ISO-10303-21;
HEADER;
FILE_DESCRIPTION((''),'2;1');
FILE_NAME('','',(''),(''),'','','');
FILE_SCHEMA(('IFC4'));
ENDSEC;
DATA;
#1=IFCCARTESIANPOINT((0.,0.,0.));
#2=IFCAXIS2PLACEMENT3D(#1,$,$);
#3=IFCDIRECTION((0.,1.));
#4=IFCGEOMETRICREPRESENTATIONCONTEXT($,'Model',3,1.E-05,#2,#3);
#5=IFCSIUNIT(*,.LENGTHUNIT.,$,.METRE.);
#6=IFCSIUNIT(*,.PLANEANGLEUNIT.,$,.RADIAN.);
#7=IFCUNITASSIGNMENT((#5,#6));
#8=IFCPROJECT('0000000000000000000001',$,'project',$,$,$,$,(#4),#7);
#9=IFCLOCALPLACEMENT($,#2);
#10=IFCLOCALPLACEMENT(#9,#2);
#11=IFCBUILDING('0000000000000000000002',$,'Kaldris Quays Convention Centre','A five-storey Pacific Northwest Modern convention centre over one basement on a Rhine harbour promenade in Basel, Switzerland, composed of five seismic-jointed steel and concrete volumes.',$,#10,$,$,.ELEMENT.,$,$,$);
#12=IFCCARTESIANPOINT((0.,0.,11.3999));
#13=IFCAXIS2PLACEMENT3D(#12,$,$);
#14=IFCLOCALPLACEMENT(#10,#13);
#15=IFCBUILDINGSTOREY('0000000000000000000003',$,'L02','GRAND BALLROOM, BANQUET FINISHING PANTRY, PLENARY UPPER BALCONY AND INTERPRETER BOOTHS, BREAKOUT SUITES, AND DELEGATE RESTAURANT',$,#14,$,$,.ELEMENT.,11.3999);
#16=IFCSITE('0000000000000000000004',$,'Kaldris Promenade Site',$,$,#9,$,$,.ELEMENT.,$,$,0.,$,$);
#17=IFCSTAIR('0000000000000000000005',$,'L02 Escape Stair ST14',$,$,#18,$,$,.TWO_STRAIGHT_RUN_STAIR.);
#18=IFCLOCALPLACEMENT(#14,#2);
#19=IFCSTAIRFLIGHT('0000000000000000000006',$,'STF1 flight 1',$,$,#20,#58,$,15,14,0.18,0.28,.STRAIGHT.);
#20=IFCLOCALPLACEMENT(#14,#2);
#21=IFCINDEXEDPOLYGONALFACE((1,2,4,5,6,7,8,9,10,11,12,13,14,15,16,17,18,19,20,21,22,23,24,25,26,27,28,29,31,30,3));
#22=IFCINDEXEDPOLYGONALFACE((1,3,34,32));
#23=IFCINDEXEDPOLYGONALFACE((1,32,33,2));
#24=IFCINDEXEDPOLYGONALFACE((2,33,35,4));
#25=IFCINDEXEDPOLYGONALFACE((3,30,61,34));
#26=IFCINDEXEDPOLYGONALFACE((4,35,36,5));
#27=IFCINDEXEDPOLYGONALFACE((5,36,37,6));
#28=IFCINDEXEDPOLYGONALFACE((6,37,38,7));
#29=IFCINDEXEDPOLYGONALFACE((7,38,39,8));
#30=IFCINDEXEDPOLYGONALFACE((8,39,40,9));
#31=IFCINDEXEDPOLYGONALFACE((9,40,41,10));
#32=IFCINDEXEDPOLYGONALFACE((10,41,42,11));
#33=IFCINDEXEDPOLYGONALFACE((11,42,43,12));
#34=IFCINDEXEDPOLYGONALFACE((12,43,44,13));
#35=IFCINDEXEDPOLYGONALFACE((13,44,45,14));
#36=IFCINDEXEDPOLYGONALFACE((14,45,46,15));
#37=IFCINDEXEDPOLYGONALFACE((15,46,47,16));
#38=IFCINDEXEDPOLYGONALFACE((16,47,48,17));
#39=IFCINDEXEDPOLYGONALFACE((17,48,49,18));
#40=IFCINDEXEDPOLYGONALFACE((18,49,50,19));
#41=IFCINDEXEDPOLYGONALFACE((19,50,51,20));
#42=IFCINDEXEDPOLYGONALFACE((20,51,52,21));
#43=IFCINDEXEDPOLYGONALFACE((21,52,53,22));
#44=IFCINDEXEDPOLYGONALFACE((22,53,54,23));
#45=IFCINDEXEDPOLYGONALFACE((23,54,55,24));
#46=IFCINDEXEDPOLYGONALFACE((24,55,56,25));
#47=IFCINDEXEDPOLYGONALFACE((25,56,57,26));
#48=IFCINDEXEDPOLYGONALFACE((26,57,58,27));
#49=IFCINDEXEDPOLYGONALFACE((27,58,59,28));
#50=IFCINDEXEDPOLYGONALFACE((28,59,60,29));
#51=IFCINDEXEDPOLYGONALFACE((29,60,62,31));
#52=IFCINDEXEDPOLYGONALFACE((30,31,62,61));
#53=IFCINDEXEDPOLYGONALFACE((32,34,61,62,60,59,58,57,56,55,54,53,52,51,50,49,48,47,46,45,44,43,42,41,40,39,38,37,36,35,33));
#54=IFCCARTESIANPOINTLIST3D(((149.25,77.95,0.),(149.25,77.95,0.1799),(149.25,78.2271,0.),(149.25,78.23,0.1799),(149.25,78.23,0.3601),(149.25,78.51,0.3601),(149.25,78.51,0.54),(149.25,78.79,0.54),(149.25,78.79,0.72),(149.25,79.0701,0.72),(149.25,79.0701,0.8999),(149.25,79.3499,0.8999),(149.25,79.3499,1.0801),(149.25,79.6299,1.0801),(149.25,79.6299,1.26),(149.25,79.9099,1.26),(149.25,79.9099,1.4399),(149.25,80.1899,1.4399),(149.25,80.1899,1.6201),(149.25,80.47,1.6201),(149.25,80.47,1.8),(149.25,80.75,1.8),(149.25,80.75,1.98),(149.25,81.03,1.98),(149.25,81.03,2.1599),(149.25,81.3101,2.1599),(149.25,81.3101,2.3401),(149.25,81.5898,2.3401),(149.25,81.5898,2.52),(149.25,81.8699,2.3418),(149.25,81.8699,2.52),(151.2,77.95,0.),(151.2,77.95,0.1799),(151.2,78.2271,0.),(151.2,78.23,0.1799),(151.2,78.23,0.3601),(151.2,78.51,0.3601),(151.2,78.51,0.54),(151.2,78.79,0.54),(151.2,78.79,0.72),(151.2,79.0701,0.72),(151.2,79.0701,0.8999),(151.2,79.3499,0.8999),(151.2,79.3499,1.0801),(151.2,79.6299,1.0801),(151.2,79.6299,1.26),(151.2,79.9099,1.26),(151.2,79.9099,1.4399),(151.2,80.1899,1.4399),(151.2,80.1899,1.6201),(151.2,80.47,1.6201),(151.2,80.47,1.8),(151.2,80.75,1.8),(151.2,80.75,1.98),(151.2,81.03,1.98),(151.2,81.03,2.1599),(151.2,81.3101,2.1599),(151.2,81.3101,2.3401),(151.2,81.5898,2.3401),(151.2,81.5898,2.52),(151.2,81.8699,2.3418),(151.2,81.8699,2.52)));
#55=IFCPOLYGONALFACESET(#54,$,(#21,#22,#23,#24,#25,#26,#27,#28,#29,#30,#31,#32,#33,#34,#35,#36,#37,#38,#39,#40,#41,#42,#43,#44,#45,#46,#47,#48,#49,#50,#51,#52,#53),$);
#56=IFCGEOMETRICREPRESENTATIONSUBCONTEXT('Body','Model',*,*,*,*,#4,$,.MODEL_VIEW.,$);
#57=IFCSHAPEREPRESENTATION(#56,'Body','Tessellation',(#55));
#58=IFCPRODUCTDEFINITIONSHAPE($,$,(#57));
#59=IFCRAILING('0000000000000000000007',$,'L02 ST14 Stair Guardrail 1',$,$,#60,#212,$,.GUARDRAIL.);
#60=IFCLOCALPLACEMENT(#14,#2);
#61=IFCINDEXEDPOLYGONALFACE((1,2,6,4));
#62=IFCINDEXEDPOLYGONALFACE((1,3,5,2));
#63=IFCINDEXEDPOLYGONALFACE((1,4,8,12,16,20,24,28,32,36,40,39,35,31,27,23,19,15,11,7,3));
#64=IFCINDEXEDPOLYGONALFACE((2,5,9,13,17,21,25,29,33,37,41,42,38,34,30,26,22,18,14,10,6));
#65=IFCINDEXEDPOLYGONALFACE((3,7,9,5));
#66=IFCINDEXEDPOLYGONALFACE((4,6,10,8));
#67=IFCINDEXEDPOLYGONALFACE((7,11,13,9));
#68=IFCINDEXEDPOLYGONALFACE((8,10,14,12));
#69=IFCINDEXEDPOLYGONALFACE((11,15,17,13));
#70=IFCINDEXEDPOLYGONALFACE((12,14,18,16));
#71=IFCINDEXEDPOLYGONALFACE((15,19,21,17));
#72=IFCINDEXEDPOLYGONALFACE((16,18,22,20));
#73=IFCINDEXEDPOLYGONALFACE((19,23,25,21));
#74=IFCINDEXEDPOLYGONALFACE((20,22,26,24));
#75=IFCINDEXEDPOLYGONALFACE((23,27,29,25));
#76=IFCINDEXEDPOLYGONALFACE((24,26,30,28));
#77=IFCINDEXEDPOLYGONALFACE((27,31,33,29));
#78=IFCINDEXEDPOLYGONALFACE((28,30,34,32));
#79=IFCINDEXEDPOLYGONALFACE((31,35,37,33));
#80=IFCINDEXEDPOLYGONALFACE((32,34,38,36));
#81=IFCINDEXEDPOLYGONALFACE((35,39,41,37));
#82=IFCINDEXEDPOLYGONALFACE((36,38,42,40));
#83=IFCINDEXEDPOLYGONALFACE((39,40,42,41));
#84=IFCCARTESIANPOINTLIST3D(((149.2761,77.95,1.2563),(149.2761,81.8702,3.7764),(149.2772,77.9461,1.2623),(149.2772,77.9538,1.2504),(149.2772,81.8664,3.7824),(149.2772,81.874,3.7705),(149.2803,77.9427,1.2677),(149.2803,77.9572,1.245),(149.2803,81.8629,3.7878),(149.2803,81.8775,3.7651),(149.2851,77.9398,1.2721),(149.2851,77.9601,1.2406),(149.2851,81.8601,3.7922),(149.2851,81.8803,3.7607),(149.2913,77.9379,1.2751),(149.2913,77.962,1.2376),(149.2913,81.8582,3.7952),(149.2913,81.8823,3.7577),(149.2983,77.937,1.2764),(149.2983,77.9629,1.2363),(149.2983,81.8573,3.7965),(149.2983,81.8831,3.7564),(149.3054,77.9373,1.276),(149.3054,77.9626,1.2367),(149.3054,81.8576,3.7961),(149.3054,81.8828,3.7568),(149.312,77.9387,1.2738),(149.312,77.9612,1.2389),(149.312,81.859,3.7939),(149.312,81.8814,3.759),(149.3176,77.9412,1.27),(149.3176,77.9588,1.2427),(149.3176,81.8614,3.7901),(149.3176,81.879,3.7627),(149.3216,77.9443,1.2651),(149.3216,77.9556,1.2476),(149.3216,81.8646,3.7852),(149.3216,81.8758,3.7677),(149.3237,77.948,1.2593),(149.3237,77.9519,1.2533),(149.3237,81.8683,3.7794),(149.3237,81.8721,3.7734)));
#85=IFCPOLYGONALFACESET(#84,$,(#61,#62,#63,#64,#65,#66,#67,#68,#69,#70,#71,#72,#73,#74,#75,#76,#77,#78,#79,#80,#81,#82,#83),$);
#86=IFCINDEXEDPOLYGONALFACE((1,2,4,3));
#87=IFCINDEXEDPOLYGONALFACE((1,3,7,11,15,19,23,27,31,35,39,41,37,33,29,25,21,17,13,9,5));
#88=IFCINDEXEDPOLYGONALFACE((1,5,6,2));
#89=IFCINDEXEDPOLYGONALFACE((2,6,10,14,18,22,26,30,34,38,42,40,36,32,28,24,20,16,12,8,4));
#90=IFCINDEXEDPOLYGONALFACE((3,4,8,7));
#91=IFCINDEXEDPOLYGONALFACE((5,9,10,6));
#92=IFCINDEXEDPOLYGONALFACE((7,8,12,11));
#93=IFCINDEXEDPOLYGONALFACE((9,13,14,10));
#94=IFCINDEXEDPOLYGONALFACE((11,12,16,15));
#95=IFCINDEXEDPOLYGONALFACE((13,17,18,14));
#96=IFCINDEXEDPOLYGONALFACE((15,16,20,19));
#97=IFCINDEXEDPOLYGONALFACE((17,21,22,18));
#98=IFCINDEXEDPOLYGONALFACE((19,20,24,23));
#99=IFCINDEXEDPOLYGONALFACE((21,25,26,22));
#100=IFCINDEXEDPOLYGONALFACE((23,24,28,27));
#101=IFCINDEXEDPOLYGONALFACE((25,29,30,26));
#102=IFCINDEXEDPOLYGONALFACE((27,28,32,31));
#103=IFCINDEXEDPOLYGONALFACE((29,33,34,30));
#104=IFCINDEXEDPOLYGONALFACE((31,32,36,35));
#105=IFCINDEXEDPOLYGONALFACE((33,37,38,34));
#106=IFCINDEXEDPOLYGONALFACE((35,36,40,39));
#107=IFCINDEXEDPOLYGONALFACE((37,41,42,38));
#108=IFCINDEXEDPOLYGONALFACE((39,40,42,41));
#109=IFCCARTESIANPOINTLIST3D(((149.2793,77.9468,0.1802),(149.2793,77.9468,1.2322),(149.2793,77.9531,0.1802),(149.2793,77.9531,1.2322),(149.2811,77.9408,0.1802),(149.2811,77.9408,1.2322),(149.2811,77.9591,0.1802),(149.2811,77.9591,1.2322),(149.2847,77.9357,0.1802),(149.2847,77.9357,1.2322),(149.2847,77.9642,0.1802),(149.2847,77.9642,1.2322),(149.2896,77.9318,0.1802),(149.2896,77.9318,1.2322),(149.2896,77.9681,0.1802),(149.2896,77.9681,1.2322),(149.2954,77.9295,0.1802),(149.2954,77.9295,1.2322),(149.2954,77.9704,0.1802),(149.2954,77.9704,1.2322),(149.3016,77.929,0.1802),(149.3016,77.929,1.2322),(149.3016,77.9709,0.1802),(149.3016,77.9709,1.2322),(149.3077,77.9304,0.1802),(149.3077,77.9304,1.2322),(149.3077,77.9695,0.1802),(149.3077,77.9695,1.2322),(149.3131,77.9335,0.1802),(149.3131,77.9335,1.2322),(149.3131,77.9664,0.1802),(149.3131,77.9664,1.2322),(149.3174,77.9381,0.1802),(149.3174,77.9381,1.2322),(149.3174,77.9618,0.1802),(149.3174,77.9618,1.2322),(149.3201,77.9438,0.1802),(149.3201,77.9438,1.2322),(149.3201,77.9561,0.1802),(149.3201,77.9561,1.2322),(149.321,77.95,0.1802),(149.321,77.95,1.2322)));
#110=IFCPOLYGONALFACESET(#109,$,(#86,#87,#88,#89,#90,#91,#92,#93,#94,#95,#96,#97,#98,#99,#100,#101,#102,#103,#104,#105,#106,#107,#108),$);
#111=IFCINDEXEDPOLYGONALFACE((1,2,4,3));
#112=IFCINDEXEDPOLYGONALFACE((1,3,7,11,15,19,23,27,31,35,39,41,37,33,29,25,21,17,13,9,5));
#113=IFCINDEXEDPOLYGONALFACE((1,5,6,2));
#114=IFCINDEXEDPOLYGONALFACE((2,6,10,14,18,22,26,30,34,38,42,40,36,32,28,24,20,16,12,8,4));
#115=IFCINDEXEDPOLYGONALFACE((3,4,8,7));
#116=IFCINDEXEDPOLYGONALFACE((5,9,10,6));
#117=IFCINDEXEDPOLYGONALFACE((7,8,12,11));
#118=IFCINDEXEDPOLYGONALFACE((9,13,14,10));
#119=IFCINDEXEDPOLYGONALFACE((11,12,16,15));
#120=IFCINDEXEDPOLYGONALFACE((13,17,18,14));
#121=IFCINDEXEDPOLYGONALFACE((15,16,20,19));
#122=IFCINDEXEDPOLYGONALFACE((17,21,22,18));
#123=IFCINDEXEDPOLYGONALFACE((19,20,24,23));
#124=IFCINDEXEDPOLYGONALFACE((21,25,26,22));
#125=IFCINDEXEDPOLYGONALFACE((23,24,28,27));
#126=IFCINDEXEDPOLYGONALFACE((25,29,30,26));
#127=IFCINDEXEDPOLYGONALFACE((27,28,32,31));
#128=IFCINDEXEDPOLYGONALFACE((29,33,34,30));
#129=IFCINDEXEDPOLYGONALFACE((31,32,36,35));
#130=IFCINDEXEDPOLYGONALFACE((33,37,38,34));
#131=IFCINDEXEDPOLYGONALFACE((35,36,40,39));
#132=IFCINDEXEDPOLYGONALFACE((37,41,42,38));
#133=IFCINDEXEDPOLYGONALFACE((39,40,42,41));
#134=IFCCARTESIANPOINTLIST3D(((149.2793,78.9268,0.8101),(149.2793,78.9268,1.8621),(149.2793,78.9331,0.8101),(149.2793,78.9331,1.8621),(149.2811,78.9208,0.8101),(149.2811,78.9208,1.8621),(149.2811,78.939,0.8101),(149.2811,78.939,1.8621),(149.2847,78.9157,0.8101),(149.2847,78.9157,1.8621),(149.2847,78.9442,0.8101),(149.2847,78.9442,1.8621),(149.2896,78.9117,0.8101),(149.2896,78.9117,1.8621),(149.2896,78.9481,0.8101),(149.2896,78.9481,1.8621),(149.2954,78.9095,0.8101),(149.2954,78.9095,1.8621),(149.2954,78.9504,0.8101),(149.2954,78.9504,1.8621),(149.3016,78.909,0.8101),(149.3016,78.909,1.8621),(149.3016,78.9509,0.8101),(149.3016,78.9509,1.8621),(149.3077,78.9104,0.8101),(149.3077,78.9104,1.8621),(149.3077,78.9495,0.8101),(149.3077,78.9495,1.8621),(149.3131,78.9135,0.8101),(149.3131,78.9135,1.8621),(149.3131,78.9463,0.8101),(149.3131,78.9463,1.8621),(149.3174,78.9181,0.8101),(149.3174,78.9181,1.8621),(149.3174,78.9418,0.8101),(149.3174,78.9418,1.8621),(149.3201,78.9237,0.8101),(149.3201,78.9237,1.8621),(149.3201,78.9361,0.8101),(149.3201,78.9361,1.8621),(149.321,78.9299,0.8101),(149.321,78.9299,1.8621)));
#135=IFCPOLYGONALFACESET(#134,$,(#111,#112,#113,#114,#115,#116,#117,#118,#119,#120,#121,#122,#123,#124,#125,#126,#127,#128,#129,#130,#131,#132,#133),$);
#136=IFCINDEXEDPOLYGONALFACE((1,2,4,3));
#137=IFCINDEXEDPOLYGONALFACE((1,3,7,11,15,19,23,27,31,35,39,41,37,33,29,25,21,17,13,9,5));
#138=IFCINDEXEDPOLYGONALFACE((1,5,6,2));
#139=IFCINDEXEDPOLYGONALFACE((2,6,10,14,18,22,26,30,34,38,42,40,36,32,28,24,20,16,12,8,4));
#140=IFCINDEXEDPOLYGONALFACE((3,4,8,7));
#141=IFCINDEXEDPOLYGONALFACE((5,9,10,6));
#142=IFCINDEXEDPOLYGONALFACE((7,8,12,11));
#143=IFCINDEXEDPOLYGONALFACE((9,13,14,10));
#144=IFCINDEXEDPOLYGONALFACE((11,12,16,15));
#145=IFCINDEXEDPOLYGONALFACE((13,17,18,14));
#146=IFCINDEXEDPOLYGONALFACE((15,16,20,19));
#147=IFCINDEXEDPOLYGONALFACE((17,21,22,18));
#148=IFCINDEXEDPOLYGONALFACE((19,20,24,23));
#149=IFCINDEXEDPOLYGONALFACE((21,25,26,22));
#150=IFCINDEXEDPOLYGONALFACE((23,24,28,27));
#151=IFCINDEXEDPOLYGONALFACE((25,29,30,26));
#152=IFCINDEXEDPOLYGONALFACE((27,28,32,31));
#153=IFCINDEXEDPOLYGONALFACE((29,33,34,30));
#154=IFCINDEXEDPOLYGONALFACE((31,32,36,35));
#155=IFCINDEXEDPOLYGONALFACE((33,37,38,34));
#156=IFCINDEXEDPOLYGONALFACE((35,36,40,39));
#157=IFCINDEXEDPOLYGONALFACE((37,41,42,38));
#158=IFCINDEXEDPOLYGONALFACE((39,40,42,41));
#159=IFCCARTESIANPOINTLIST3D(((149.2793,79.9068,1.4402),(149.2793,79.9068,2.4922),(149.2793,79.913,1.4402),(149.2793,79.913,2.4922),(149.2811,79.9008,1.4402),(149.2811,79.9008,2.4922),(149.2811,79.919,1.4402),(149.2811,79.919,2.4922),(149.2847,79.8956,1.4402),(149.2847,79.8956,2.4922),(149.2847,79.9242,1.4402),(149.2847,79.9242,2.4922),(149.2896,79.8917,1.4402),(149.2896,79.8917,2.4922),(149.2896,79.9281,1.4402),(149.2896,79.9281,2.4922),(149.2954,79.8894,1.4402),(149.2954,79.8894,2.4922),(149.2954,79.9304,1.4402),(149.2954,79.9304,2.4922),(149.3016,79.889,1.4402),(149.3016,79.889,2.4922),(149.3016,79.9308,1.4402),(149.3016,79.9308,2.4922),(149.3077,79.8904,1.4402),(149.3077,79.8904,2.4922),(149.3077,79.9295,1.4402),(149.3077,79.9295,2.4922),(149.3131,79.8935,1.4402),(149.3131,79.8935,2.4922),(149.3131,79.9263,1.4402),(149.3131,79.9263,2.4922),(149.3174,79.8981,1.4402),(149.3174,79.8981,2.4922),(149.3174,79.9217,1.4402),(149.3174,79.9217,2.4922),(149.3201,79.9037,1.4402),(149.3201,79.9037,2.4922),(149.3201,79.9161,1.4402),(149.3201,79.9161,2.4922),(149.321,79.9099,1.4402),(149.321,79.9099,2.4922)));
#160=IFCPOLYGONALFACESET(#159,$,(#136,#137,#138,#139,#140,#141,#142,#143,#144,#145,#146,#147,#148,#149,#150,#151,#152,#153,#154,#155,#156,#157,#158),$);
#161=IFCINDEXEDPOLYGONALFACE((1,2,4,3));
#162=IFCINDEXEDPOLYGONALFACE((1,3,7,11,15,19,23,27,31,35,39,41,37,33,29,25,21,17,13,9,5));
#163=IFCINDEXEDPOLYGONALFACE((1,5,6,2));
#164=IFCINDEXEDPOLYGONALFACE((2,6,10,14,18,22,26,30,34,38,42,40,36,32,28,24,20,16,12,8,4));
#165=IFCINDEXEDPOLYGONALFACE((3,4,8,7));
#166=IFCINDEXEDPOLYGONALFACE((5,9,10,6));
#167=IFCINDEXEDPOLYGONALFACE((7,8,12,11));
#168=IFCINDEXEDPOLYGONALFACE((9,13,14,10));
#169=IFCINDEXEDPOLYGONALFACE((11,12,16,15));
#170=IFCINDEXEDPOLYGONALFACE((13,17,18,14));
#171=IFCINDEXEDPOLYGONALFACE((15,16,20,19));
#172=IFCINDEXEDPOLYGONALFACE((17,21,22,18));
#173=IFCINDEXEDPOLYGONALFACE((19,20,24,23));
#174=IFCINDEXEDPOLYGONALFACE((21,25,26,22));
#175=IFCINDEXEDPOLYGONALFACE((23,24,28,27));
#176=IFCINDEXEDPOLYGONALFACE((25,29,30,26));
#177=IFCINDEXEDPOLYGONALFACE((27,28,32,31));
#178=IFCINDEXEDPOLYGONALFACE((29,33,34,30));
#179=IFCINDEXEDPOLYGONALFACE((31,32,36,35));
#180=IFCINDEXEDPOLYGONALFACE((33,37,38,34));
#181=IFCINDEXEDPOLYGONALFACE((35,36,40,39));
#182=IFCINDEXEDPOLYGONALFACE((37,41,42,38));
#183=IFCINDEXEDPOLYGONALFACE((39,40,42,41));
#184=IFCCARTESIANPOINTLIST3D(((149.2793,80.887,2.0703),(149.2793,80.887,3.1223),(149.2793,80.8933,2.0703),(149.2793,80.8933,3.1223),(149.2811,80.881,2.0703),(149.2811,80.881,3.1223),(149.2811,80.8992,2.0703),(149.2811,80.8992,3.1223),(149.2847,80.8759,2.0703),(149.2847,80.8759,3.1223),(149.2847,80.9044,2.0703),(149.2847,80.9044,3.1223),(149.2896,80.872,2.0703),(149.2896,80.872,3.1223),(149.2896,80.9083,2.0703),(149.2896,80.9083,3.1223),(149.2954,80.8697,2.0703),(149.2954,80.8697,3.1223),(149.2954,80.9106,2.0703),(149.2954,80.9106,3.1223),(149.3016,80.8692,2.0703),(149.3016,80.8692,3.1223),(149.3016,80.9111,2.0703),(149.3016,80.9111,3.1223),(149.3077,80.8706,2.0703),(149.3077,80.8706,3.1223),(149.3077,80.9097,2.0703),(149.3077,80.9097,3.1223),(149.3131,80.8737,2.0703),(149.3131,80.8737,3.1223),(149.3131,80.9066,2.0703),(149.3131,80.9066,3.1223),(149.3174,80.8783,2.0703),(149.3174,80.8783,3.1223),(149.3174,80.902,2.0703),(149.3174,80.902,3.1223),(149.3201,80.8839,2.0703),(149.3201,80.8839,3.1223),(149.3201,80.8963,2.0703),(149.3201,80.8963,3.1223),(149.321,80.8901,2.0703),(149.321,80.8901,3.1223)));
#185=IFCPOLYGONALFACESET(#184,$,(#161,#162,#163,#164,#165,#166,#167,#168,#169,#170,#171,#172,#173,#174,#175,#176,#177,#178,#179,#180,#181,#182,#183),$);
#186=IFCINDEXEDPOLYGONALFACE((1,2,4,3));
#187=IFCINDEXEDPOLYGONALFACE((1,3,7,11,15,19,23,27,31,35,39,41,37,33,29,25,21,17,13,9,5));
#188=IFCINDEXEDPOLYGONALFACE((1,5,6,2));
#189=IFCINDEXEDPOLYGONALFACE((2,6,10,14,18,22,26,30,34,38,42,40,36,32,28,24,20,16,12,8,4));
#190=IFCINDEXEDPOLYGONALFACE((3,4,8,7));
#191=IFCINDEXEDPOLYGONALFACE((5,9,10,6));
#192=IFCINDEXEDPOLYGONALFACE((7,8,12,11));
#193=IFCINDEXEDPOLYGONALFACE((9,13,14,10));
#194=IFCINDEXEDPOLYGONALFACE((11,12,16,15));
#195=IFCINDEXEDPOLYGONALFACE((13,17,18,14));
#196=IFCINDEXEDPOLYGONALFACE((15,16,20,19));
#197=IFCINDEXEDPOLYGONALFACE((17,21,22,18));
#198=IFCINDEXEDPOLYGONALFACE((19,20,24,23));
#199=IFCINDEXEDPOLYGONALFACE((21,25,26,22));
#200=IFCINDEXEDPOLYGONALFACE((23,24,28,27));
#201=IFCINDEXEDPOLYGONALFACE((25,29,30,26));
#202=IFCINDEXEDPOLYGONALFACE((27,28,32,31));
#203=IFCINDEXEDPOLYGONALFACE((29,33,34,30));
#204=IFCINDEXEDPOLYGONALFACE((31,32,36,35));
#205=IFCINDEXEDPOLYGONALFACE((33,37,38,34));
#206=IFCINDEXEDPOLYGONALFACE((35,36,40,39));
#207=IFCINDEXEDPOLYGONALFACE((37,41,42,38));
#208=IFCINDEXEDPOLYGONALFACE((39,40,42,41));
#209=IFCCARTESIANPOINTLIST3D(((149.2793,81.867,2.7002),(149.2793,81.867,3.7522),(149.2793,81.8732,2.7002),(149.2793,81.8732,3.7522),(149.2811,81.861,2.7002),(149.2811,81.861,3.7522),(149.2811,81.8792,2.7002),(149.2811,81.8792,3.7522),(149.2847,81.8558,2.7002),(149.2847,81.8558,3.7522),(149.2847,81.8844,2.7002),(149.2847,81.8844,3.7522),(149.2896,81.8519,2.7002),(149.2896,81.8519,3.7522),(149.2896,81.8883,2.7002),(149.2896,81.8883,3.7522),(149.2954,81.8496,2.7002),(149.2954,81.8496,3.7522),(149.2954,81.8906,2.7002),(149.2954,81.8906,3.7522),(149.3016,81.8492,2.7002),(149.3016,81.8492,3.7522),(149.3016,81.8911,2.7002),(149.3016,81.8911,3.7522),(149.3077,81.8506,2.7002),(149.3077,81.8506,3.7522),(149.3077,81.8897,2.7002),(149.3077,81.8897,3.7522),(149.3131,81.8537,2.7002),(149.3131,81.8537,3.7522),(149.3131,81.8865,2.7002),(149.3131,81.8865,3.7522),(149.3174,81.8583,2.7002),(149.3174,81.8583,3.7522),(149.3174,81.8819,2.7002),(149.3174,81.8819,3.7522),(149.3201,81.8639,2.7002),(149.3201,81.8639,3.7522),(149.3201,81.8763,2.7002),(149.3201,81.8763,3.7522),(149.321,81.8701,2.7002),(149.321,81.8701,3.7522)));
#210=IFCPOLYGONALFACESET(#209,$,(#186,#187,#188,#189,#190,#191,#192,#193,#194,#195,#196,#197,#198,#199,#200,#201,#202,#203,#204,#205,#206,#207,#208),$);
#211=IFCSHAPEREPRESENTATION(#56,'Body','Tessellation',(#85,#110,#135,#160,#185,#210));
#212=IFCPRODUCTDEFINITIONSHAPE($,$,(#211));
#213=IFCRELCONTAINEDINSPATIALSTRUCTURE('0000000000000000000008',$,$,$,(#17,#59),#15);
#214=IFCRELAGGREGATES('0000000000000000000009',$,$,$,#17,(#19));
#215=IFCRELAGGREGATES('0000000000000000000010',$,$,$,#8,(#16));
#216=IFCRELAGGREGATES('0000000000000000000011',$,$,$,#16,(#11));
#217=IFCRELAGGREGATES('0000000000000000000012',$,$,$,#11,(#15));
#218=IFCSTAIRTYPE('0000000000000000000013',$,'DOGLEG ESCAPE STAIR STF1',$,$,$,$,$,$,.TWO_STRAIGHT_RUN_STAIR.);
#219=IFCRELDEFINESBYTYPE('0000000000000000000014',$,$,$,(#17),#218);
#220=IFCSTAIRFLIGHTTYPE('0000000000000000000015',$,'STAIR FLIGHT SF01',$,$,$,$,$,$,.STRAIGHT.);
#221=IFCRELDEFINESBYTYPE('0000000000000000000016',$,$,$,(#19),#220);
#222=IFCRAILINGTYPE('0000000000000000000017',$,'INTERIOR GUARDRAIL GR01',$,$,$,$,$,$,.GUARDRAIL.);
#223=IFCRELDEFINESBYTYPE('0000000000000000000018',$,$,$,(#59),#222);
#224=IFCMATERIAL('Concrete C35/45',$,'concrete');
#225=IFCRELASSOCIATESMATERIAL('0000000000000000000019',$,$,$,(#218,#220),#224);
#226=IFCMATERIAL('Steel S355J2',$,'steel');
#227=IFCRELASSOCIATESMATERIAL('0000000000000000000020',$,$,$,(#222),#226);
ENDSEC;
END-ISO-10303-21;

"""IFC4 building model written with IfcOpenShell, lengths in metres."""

from ifc_helpers import new_model, si_unit, direction, frame, origin, origin_2d, place, context, subcontext, project, spatial, polyline, circle, outline, extrude, material, type_object, element, aggregate, save


model = new_model("IFC4")

# Units and contexts
model_context = context("Model", 3, precision=1e-05, world=origin(), true_north=direction((0.0, 1.0)))
body_context = subcontext(model_context, "Body", "Model", "MODEL_VIEW")
ifc_project = project(units=[si_unit("LENGTHUNIT", "METRE"), si_unit("PLANEANGLEUNIT", "RADIAN")], contexts=[model_context])

# Site, building, storey
site_placement = place(None, origin())
site = spatial("IfcSite", under=ifc_project, at=site_placement, Name="Kaldris Promenade Site", CompositionType="ELEMENT", RefElevation=0.0)
building_placement = place(site_placement, origin())
building = spatial("IfcBuilding", under=site, at=building_placement, Name="Kaldris Quays Convention Centre", Description="A five-storey Pacific Northwest Modern convention centre over one basement on a Rhine harbour promenade in Basel, Switzerland, composed of five seismic-jointed steel and concrete volumes.", CompositionType="ELEMENT")
storey_placement = place(building_placement, frame((0.0, 0.0, 11.3999)))
storey = spatial("IfcBuildingStorey", under=building, at=storey_placement, Name="L02", Description="GRAND BALLROOM, BANQUET FINISHING PANTRY, PLENARY UPPER BALCONY AND INTERPRETER BOOTHS, BREAKOUT SUITES, AND DELEGATE RESTAURANT", CompositionType="ELEMENT", Elevation=11.3999)

# Shared definitions
ifc_material_1 = material(Name="Steel S355J2", Category="steel")

# Stair, stair flight
ifc_material_2 = material(Name="Concrete C35/45", Category="concrete")
stair_type = type_object("IfcStairType", Name="DOGLEG ESCAPE STAIR STF1", PredefinedType="TWO_STRAIGHT_RUN_STAIR", material=ifc_material_2)
stair_placement = place(storey_placement, origin())
stair = element("IfcStair", 1, at=stair_placement, inside=storey, type_object=stair_type, Name="L02 Escape Stair ST14", PredefinedType="TWO_STRAIGHT_RUN_STAIR")
stair_flight_type = type_object("IfcStairFlightType", Name="STAIR FLIGHT SF01", PredefinedType="STRAIGHT", material=ifc_material_2)
stair_flight_placement = place(storey_placement, frame((150.2251, 77.95, 0.0), z_axis=(0.0, 0.0, 1.0), x_axis=(0.0, 1.0, 0.0)))
stair_flight = element("IfcStairFlight", 2, at=stair_flight_placement, type_object=stair_flight_type, Name="STF1 flight 1", NumberOfRisers=15, NumberOfTreads=14, PredefinedType="STRAIGHT", RiserHeight=0.18, TreadLength=0.28, context=body_context, shape_type="SweptSolid", body=[
    extrude(outline(polyline([(0.0, 0.0), (0.0, 0.1799), (0.28, 0.1799), (0.28, 0.3601), (0.5601, 0.3601), (0.5601, 0.54), (0.8401, 0.54), (0.8401, 0.72), (1.1201, 0.72), (1.1201, 0.8999), (1.3999, 0.8999), (1.3999, 1.0801), (1.6799, 1.0801), (1.6799, 1.26), (1.96, 1.26), (1.96, 1.4399), (2.24, 1.4399), (2.24, 1.6201), (2.52, 1.6201), (2.52, 1.8), (2.8, 1.8), (2.8, 1.98), (3.0801, 1.98), (3.0801, 2.1599), (3.3601, 2.1599), (3.3601, 2.3401), (3.6399, 2.3401), (3.6399, 2.52), (3.9199, 2.52), (3.9199, 2.7), (3.9199, 2.3418), (0.2771, 0.0), (0.0, 0.0)])), frame((0.0, 0.9751, 0.0), z_axis=(0.0, -1.0, 0.0), x_axis=(1.0, 0.0, 0.0)), (0.0, 0.0, 1.0), 1.95),
])
aggregate(stair, [stair_flight])

# Railing
railing_type_1 = type_object("IfcRailingType", Name="INTERIOR GUARDRAIL GR01", PredefinedType="GUARDRAIL", material=ifc_material_1)
railing_1_placement = place(storey_placement, frame((149.3, 77.95, 0.1802)))
element("IfcRailing", 3, at=railing_1_placement, inside=storey, type_object=railing_type_1, Name="L02 ST14 Stair Guardrail 1", PredefinedType="GUARDRAIL", context=body_context, shape_type="SweptSolid", body=[
    extrude(circle(Radius=0.0239, at=origin_2d()), frame((0.0, 0.0, 1.0762), z_axis=(0.0, 0.841187, 0.540744), x_axis=(-1.0, 0.0, 0.0)), (0.0, 0.0, 1.0), 4.6604),
    extrude(circle(Radius=0.021, at=origin_2d()), origin(), (0.0, 0.0, 1.0), 1.052),
    extrude(circle(Radius=0.021, at=origin_2d()), frame((0.0, 0.98, 0.6299)), (0.0, 0.0, 1.0), 1.052),
    extrude(circle(Radius=0.021, at=origin_2d()), frame((0.0, 1.96, 1.26)), (0.0, 0.0, 1.0), 1.052),
    extrude(circle(Radius=0.021, at=origin_2d()), frame((0.0, 2.9402, 1.8901)), (0.0, 0.0, 1.0), 1.052),
    extrude(circle(Radius=0.021, at=origin_2d()), frame((0.0, 3.9202, 2.52)), (0.0, 0.0, 1.0), 1.052),
])

save(model, "model.ifc")
